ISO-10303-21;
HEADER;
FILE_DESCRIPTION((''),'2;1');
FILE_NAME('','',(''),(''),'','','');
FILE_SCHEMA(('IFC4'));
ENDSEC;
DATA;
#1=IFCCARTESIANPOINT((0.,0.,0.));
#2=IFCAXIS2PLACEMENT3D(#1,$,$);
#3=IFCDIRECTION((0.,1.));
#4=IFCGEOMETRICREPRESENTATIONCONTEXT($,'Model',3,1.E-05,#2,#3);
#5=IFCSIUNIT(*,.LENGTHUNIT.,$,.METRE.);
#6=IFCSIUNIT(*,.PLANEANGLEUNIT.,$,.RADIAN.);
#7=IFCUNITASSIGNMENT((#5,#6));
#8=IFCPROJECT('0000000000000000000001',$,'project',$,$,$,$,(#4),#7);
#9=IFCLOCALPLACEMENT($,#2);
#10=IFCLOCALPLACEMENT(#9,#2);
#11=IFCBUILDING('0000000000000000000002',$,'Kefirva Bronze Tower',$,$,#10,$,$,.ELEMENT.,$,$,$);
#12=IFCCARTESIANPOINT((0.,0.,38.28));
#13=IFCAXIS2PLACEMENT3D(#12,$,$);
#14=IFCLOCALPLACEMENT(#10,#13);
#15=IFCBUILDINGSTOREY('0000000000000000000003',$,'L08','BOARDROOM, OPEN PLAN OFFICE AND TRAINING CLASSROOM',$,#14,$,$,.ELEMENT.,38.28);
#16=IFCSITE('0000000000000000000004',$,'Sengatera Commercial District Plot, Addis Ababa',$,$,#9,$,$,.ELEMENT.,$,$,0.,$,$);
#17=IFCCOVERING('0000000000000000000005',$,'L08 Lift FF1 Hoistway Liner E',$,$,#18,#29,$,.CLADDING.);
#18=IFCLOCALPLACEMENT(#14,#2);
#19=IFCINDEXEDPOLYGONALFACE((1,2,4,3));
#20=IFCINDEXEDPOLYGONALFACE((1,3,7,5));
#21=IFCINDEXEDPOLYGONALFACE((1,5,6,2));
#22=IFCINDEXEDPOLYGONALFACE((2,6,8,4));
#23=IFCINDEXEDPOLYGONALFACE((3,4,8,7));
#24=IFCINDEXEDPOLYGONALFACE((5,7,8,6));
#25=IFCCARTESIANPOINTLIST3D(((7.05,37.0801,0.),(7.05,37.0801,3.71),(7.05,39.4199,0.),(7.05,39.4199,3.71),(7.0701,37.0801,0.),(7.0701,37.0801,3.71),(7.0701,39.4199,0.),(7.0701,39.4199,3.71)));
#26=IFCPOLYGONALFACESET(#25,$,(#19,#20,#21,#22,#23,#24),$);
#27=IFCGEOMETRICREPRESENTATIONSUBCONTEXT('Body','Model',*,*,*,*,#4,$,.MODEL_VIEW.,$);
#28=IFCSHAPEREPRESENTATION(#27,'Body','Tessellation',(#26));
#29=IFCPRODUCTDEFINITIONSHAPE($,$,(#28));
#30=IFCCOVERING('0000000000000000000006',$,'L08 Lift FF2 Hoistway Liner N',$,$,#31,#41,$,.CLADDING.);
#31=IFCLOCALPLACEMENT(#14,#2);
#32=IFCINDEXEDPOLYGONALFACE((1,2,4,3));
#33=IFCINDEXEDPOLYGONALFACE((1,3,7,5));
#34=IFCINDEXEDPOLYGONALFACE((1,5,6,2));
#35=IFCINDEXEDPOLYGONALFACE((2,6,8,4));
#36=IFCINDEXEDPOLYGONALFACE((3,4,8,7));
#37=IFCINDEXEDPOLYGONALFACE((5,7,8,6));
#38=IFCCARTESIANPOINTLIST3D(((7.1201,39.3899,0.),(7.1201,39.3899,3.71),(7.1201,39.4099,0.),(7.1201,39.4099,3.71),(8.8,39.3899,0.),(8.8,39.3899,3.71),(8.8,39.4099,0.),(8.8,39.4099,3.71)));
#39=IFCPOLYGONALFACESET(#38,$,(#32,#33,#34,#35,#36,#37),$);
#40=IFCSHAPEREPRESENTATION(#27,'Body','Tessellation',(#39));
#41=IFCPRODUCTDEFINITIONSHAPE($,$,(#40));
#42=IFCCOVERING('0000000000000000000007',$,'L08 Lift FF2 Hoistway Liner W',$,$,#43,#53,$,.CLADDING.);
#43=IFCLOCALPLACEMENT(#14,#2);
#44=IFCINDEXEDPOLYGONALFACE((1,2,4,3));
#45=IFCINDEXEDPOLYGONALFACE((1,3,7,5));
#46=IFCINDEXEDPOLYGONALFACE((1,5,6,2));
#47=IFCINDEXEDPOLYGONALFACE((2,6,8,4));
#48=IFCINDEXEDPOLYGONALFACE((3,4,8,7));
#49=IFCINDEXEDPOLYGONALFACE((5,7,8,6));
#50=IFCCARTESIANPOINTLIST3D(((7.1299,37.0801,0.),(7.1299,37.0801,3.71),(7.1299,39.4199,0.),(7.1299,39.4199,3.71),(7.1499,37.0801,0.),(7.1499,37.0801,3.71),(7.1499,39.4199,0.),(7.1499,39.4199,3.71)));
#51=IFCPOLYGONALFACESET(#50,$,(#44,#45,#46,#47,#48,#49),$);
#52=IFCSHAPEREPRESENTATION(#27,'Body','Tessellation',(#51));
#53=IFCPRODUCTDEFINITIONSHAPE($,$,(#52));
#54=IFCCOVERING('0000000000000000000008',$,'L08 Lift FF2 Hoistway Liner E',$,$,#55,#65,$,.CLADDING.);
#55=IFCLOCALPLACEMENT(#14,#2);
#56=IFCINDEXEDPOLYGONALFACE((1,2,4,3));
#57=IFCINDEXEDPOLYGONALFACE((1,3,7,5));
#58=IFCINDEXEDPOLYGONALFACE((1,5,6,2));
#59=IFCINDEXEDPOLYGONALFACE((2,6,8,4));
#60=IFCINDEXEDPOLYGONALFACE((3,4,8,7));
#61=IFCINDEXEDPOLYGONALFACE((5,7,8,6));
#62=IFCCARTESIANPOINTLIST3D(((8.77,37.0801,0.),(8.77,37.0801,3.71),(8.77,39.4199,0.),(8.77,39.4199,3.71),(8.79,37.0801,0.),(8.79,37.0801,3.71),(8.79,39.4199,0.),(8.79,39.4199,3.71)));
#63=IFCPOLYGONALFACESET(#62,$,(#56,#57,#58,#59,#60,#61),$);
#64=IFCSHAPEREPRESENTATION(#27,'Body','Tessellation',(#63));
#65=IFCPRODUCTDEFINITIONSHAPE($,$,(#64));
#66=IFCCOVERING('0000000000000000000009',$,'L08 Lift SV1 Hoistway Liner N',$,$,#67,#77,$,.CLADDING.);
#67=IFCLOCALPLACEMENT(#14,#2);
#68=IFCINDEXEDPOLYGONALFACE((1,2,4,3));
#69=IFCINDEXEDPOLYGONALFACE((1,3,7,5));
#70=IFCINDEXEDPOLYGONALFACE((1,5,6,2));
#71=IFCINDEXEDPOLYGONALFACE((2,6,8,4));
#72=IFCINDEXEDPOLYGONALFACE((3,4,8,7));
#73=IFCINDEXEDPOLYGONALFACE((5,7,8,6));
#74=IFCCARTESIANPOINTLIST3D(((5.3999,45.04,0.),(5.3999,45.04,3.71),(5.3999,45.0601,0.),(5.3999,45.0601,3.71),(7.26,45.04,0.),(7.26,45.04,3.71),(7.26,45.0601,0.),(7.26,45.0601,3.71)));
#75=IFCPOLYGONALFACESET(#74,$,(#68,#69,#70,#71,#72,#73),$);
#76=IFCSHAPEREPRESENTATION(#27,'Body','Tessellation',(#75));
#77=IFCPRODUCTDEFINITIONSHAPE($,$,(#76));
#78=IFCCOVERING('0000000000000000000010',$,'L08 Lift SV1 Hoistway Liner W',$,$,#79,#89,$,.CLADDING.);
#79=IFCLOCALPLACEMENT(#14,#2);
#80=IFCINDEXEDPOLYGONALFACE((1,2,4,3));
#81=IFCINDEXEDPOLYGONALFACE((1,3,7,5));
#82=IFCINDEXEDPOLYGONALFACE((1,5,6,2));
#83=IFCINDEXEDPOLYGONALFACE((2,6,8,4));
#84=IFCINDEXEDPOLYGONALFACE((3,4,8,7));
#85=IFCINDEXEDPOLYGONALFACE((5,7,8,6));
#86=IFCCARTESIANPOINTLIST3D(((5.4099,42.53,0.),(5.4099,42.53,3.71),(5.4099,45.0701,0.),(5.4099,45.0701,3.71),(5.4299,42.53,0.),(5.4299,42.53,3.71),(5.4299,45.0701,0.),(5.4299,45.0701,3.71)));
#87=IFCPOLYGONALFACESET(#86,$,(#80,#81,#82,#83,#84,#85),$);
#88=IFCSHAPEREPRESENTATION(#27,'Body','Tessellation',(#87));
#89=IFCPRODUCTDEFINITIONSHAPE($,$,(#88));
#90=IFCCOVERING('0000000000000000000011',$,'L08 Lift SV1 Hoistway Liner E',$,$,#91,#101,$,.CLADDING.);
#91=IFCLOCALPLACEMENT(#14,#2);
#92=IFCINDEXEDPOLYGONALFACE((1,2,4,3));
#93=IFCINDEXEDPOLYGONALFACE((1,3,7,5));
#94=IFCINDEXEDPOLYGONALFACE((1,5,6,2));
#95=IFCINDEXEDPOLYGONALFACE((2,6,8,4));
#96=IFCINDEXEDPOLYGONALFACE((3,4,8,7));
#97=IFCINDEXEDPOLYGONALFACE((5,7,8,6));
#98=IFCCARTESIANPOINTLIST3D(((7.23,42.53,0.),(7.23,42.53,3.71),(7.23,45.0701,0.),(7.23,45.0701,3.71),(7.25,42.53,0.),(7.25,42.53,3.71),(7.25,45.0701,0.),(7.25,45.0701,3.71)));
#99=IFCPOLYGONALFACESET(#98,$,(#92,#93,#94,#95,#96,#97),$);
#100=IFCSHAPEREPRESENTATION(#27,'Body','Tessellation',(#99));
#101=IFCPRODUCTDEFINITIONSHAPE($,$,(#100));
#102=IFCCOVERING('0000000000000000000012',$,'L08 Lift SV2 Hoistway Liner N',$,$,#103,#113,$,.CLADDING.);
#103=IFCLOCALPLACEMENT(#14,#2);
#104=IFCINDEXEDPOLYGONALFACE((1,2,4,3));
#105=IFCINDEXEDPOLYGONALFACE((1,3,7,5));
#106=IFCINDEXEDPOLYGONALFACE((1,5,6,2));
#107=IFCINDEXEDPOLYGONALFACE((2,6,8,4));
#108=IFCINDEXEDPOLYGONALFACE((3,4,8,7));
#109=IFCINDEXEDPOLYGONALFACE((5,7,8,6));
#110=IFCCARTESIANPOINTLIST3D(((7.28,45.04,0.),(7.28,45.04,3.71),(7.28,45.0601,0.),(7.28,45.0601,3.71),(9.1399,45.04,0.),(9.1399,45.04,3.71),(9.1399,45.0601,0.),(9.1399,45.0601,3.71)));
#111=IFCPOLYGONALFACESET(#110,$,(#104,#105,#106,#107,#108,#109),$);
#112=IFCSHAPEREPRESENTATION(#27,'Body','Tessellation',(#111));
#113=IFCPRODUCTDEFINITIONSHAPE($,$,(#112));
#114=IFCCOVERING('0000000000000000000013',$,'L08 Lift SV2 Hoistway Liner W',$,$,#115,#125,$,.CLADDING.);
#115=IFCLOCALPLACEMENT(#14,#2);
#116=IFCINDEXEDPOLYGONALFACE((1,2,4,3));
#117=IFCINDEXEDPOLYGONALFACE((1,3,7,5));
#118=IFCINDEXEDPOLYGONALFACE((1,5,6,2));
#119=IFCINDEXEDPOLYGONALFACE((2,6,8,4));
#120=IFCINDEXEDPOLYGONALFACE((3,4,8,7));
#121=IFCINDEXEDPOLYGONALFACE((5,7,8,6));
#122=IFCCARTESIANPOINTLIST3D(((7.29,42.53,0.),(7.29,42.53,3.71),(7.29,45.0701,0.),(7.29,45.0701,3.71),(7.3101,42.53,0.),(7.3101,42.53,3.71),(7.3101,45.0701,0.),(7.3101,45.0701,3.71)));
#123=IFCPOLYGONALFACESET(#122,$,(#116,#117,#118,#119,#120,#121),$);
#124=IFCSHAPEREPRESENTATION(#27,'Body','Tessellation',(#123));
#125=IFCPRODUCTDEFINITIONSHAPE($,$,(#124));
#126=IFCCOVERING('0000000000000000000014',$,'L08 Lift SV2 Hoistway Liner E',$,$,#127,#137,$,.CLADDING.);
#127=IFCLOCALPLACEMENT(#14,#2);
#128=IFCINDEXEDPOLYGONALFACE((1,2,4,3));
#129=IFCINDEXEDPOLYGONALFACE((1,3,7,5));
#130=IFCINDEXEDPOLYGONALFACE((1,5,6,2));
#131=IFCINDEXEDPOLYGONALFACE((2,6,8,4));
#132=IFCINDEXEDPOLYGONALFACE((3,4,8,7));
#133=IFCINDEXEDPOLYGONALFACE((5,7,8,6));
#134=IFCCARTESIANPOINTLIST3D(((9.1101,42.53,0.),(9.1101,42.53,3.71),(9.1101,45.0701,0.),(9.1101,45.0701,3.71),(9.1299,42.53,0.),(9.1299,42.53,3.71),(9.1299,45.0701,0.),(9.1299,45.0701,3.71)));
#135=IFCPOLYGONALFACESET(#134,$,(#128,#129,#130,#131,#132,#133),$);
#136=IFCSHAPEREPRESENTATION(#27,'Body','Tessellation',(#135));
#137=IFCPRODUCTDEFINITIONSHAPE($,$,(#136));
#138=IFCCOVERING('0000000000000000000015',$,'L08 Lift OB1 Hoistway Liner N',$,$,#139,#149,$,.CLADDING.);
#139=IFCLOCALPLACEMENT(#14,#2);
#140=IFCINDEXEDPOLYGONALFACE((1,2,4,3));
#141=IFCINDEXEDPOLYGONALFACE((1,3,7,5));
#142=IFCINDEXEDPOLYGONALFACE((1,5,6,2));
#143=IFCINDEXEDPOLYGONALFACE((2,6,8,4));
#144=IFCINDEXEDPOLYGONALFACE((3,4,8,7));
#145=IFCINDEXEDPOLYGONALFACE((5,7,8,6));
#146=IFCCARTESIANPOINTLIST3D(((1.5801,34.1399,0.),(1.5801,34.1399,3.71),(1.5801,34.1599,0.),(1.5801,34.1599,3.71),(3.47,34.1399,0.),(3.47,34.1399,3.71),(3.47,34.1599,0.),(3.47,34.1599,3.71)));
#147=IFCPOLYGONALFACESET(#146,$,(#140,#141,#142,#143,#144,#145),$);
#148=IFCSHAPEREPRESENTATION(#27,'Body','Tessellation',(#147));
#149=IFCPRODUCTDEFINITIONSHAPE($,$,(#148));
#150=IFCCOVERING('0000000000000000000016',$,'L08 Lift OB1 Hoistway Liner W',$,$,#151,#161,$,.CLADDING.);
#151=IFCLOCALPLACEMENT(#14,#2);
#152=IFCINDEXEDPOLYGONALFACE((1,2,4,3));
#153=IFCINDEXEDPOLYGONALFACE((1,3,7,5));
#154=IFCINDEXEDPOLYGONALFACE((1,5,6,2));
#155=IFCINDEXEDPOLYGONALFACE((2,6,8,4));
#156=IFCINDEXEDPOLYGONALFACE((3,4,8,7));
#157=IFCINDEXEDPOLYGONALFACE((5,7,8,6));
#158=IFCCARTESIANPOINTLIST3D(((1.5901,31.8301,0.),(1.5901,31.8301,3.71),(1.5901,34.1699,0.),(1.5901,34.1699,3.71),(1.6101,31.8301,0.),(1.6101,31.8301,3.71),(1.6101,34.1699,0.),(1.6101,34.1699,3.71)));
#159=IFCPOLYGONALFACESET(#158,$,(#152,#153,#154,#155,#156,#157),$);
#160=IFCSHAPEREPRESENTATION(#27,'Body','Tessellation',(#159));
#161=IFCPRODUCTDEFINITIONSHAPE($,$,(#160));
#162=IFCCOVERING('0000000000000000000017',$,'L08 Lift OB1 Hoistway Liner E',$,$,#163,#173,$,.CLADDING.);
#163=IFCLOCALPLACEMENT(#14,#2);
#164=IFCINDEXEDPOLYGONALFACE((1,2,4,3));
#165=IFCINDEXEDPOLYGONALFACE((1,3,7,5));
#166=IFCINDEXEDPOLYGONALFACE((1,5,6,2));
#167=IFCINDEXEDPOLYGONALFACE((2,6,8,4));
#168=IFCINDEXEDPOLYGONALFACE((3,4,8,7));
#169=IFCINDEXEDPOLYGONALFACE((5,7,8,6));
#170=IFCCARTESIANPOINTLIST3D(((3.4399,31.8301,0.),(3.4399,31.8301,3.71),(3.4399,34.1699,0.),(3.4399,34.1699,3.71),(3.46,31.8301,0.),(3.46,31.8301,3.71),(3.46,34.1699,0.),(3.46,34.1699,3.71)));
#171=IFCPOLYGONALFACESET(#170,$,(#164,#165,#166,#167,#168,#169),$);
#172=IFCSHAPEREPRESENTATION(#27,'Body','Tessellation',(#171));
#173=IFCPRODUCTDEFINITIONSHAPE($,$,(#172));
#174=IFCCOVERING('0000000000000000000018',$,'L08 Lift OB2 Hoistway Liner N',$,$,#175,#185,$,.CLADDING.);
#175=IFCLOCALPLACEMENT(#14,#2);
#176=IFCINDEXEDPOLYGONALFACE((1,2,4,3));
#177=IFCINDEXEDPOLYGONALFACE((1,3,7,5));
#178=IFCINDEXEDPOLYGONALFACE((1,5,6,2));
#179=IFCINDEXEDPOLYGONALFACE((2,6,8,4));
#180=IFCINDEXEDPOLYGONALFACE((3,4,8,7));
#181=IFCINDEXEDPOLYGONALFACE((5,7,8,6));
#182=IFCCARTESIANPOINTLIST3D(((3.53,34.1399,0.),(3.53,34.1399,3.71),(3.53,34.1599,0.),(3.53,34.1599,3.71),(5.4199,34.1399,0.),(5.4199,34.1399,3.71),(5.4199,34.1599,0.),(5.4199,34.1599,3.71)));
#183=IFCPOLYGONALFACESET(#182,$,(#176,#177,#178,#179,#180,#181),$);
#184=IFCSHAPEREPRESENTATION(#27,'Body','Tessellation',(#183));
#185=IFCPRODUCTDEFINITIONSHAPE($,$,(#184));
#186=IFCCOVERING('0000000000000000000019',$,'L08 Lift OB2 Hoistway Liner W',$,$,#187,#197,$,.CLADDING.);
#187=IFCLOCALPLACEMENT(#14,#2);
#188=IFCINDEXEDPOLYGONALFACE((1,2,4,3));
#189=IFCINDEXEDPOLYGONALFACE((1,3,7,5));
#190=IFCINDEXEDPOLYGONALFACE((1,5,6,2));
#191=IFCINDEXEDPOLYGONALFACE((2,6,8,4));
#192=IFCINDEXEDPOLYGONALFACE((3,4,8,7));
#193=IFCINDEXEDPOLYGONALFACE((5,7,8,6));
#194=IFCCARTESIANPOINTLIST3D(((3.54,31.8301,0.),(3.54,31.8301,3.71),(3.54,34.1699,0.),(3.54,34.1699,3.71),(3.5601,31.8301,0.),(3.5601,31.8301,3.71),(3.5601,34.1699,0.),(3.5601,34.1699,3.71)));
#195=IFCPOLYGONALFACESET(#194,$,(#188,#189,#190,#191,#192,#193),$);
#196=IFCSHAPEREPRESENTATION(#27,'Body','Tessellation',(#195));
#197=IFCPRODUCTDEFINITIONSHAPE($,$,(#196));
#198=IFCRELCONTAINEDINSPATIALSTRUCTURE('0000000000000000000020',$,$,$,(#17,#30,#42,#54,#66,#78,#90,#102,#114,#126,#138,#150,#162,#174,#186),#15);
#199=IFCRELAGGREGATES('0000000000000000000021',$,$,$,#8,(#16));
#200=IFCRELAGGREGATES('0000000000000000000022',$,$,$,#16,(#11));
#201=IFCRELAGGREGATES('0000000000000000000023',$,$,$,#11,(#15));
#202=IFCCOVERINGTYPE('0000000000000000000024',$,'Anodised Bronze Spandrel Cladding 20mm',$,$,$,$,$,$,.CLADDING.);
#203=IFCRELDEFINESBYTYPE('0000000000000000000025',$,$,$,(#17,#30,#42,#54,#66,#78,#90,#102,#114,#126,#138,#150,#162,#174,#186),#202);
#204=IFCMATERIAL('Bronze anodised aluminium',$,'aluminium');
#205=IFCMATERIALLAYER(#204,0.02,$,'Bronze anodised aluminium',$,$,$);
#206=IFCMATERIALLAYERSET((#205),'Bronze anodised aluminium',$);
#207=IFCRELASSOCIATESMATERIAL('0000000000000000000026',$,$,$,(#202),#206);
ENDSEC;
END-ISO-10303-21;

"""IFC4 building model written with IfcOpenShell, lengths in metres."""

from ifc_helpers import new_model, si_unit, direction, frame, origin, place, context, subcontext, project, spatial, polyline, outline, extrude, material, layer, layer_set, type_object, element, save


model = new_model("IFC4")

# Units and contexts
model_context = context("Model", 3, precision=1e-05, world=origin(), true_north=direction((0.0, 1.0)))
body_context = subcontext(model_context, "Body", "Model", "MODEL_VIEW")
ifc_project = project(units=[si_unit("LENGTHUNIT", "METRE"), si_unit("PLANEANGLEUNIT", "RADIAN")], contexts=[model_context])

# Site, building, storey
site_placement = place(None, origin())
site = spatial("IfcSite", under=ifc_project, at=site_placement, Name="Sengatera Commercial District Plot, Addis Ababa", CompositionType="ELEMENT", RefElevation=0.0)
building_placement = place(site_placement, origin())
building = spatial("IfcBuilding", under=site, at=building_placement, Name="Kefirva Bronze Tower", CompositionType="ELEMENT")
storey_placement = place(building_placement, frame((0.0, 0.0, 38.28)))
storey = spatial("IfcBuildingStorey", under=building, at=storey_placement, Name="L08", Description="BOARDROOM, OPEN PLAN OFFICE AND TRAINING CLASSROOM", CompositionType="ELEMENT", Elevation=38.28)

# Coverings
ifc_material_1 = material(Name="Bronze anodised aluminium", Category="aluminium")
ifc_layer_1 = layer(ifc_material_1, 0.02, Name="Bronze anodised aluminium")
ifc_layer_set_1 = layer_set([ifc_layer_1], Name="Bronze anodised aluminium")
covering_type = type_object("IfcCoveringType", Name="Anodised Bronze Spandrel Cladding 20mm", PredefinedType="CLADDING", material=ifc_layer_set_1)
covering_1_placement = place(storey_placement, origin())
element("IfcCovering", 1, at=covering_1_placement, inside=storey, type_object=covering_type, Name="L08 Lift FF1 Hoistway Liner E", PredefinedType="CLADDING", context=body_context, shape_type="SweptSolid", body=[
    extrude(outline(polyline([(7.05, 37.0801), (7.0701, 37.0801), (7.0701, 39.4199), (7.05, 39.4199), (7.05, 37.0801)])), origin(), (0.0, 0.0, 1.0), 3.71),
])
covering_2_placement = place(storey_placement, origin())
element("IfcCovering", 2, at=covering_2_placement, inside=storey, type_object=covering_type, Name="L08 Lift FF2 Hoistway Liner N", PredefinedType="CLADDING", context=body_context, shape_type="SweptSolid", body=[
    extrude(outline(polyline([(7.1201, 39.3899), (8.8, 39.3899), (8.8, 39.4099), (7.1201, 39.4099), (7.1201, 39.3899)])), origin(), (0.0, 0.0, 1.0), 3.71),
])
covering_3_placement = place(storey_placement, origin())
element("IfcCovering", 3, at=covering_3_placement, inside=storey, type_object=covering_type, Name="L08 Lift FF2 Hoistway Liner W", PredefinedType="CLADDING", context=body_context, shape_type="SweptSolid", body=[
    extrude(outline(polyline([(7.1299, 37.0801), (7.1499, 37.0801), (7.1499, 39.4199), (7.1299, 39.4199), (7.1299, 37.0801)])), origin(), (0.0, 0.0, 1.0), 3.71),
])
covering_4_placement = place(storey_placement, origin())
element("IfcCovering", 4, at=covering_4_placement, inside=storey, type_object=covering_type, Name="L08 Lift FF2 Hoistway Liner E", PredefinedType="CLADDING", context=body_context, shape_type="SweptSolid", body=[
    extrude(outline(polyline([(8.77, 37.0801), (8.79, 37.0801), (8.79, 39.4199), (8.77, 39.4199), (8.77, 37.0801)])), origin(), (0.0, 0.0, 1.0), 3.71),
])
covering_5_placement = place(storey_placement, origin())
element("IfcCovering", 5, at=covering_5_placement, inside=storey, type_object=covering_type, Name="L08 Lift SV1 Hoistway Liner N", PredefinedType="CLADDING", context=body_context, shape_type="SweptSolid", body=[
    extrude(outline(polyline([(5.3999, 45.04), (7.26, 45.04), (7.26, 45.0601), (5.3999, 45.0601), (5.3999, 45.04)])), origin(), (0.0, 0.0, 1.0), 3.71),
])
covering_6_placement = place(storey_placement, origin())
element("IfcCovering", 6, at=covering_6_placement, inside=storey, type_object=covering_type, Name="L08 Lift SV1 Hoistway Liner W", PredefinedType="CLADDING", context=body_context, shape_type="SweptSolid", body=[
    extrude(outline(polyline([(5.4099, 42.53), (5.4299, 42.53), (5.4299, 45.0701), (5.4099, 45.0701), (5.4099, 42.53)])), origin(), (0.0, 0.0, 1.0), 3.71),
])
covering_7_placement = place(storey_placement, origin())
element("IfcCovering", 7, at=covering_7_placement, inside=storey, type_object=covering_type, Name="L08 Lift SV1 Hoistway Liner E", PredefinedType="CLADDING", context=body_context, shape_type="SweptSolid", body=[
    extrude(outline(polyline([(7.23, 42.53), (7.25, 42.53), (7.25, 45.0701), (7.23, 45.0701), (7.23, 42.53)])), origin(), (0.0, 0.0, 1.0), 3.71),
])
covering_8_placement = place(storey_placement, origin())
element("IfcCovering", 8, at=covering_8_placement, inside=storey, type_object=covering_type, Name="L08 Lift SV2 Hoistway Liner N", PredefinedType="CLADDING", context=body_context, shape_type="SweptSolid", body=[
    extrude(outline(polyline([(7.28, 45.04), (9.1399, 45.04), (9.1399, 45.0601), (7.28, 45.0601), (7.28, 45.04)])), origin(), (0.0, 0.0, 1.0), 3.71),
])
covering_9_placement = place(storey_placement, origin())
element("IfcCovering", 9, at=covering_9_placement, inside=storey, type_object=covering_type, Name="L08 Lift SV2 Hoistway Liner W", PredefinedType="CLADDING", context=body_context, shape_type="SweptSolid", body=[
    extrude(outline(polyline([(7.29, 42.53), (7.3101, 42.53), (7.3101, 45.0701), (7.29, 45.0701), (7.29, 42.53)])), origin(), (0.0, 0.0, 1.0), 3.71),
])
covering_10_placement = place(storey_placement, origin())
element("IfcCovering", 10, at=covering_10_placement, inside=storey, type_object=covering_type, Name="L08 Lift SV2 Hoistway Liner E", PredefinedType="CLADDING", context=body_context, shape_type="SweptSolid", body=[
    extrude(outline(polyline([(9.1101, 42.53), (9.1299, 42.53), (9.1299, 45.0701), (9.1101, 45.0701), (9.1101, 42.53)])), origin(), (0.0, 0.0, 1.0), 3.71),
])
covering_11_placement = place(storey_placement, origin())
element("IfcCovering", 11, at=covering_11_placement, inside=storey, type_object=covering_type, Name="L08 Lift OB1 Hoistway Liner N", PredefinedType="CLADDING", context=body_context, shape_type="SweptSolid", body=[
    extrude(outline(polyline([(1.5801, 34.1399), (3.47, 34.1399), (3.47, 34.1599), (1.5801, 34.1599), (1.5801, 34.1399)])), origin(), (0.0, 0.0, 1.0), 3.71),
])
covering_12_placement = place(storey_placement, origin())
element("IfcCovering", 12, at=covering_12_placement, inside=storey, type_object=covering_type, Name="L08 Lift OB1 Hoistway Liner W", PredefinedType="CLADDING", context=body_context, shape_type="SweptSolid", body=[
    extrude(outline(polyline([(1.5901, 31.8301), (1.6101, 31.8301), (1.6101, 34.1699), (1.5901, 34.1699), (1.5901, 31.8301)])), origin(), (0.0, 0.0, 1.0), 3.71),
])
covering_13_placement = place(storey_placement, origin())
element("IfcCovering", 13, at=covering_13_placement, inside=storey, type_object=covering_type, Name="L08 Lift OB1 Hoistway Liner E", PredefinedType="CLADDING", context=body_context, shape_type="SweptSolid", body=[
    extrude(outline(polyline([(3.4399, 31.8301), (3.46, 31.8301), (3.46, 34.1699), (3.4399, 34.1699), (3.4399, 31.8301)])), origin(), (0.0, 0.0, 1.0), 3.71),
])
covering_14_placement = place(storey_placement, origin())
element("IfcCovering", 14, at=covering_14_placement, inside=storey, type_object=covering_type, Name="L08 Lift OB2 Hoistway Liner N", PredefinedType="CLADDING", context=body_context, shape_type="SweptSolid", body=[
    extrude(outline(polyline([(3.53, 34.1399), (5.4199, 34.1399), (5.4199, 34.1599), (3.53, 34.1599), (3.53, 34.1399)])), origin(), (0.0, 0.0, 1.0), 3.71),
])
covering_15_placement = place(storey_placement, origin())
element("IfcCovering", 15, at=covering_15_placement, inside=storey, type_object=covering_type, Name="L08 Lift OB2 Hoistway Liner W", PredefinedType="CLADDING", context=body_context, shape_type="SweptSolid", body=[
    extrude(outline(polyline([(3.54, 31.8301), (3.5601, 31.8301), (3.5601, 34.1699), (3.54, 34.1699), (3.54, 31.8301)])), origin(), (0.0, 0.0, 1.0), 3.71),
])

save(model, "model.ifc")
